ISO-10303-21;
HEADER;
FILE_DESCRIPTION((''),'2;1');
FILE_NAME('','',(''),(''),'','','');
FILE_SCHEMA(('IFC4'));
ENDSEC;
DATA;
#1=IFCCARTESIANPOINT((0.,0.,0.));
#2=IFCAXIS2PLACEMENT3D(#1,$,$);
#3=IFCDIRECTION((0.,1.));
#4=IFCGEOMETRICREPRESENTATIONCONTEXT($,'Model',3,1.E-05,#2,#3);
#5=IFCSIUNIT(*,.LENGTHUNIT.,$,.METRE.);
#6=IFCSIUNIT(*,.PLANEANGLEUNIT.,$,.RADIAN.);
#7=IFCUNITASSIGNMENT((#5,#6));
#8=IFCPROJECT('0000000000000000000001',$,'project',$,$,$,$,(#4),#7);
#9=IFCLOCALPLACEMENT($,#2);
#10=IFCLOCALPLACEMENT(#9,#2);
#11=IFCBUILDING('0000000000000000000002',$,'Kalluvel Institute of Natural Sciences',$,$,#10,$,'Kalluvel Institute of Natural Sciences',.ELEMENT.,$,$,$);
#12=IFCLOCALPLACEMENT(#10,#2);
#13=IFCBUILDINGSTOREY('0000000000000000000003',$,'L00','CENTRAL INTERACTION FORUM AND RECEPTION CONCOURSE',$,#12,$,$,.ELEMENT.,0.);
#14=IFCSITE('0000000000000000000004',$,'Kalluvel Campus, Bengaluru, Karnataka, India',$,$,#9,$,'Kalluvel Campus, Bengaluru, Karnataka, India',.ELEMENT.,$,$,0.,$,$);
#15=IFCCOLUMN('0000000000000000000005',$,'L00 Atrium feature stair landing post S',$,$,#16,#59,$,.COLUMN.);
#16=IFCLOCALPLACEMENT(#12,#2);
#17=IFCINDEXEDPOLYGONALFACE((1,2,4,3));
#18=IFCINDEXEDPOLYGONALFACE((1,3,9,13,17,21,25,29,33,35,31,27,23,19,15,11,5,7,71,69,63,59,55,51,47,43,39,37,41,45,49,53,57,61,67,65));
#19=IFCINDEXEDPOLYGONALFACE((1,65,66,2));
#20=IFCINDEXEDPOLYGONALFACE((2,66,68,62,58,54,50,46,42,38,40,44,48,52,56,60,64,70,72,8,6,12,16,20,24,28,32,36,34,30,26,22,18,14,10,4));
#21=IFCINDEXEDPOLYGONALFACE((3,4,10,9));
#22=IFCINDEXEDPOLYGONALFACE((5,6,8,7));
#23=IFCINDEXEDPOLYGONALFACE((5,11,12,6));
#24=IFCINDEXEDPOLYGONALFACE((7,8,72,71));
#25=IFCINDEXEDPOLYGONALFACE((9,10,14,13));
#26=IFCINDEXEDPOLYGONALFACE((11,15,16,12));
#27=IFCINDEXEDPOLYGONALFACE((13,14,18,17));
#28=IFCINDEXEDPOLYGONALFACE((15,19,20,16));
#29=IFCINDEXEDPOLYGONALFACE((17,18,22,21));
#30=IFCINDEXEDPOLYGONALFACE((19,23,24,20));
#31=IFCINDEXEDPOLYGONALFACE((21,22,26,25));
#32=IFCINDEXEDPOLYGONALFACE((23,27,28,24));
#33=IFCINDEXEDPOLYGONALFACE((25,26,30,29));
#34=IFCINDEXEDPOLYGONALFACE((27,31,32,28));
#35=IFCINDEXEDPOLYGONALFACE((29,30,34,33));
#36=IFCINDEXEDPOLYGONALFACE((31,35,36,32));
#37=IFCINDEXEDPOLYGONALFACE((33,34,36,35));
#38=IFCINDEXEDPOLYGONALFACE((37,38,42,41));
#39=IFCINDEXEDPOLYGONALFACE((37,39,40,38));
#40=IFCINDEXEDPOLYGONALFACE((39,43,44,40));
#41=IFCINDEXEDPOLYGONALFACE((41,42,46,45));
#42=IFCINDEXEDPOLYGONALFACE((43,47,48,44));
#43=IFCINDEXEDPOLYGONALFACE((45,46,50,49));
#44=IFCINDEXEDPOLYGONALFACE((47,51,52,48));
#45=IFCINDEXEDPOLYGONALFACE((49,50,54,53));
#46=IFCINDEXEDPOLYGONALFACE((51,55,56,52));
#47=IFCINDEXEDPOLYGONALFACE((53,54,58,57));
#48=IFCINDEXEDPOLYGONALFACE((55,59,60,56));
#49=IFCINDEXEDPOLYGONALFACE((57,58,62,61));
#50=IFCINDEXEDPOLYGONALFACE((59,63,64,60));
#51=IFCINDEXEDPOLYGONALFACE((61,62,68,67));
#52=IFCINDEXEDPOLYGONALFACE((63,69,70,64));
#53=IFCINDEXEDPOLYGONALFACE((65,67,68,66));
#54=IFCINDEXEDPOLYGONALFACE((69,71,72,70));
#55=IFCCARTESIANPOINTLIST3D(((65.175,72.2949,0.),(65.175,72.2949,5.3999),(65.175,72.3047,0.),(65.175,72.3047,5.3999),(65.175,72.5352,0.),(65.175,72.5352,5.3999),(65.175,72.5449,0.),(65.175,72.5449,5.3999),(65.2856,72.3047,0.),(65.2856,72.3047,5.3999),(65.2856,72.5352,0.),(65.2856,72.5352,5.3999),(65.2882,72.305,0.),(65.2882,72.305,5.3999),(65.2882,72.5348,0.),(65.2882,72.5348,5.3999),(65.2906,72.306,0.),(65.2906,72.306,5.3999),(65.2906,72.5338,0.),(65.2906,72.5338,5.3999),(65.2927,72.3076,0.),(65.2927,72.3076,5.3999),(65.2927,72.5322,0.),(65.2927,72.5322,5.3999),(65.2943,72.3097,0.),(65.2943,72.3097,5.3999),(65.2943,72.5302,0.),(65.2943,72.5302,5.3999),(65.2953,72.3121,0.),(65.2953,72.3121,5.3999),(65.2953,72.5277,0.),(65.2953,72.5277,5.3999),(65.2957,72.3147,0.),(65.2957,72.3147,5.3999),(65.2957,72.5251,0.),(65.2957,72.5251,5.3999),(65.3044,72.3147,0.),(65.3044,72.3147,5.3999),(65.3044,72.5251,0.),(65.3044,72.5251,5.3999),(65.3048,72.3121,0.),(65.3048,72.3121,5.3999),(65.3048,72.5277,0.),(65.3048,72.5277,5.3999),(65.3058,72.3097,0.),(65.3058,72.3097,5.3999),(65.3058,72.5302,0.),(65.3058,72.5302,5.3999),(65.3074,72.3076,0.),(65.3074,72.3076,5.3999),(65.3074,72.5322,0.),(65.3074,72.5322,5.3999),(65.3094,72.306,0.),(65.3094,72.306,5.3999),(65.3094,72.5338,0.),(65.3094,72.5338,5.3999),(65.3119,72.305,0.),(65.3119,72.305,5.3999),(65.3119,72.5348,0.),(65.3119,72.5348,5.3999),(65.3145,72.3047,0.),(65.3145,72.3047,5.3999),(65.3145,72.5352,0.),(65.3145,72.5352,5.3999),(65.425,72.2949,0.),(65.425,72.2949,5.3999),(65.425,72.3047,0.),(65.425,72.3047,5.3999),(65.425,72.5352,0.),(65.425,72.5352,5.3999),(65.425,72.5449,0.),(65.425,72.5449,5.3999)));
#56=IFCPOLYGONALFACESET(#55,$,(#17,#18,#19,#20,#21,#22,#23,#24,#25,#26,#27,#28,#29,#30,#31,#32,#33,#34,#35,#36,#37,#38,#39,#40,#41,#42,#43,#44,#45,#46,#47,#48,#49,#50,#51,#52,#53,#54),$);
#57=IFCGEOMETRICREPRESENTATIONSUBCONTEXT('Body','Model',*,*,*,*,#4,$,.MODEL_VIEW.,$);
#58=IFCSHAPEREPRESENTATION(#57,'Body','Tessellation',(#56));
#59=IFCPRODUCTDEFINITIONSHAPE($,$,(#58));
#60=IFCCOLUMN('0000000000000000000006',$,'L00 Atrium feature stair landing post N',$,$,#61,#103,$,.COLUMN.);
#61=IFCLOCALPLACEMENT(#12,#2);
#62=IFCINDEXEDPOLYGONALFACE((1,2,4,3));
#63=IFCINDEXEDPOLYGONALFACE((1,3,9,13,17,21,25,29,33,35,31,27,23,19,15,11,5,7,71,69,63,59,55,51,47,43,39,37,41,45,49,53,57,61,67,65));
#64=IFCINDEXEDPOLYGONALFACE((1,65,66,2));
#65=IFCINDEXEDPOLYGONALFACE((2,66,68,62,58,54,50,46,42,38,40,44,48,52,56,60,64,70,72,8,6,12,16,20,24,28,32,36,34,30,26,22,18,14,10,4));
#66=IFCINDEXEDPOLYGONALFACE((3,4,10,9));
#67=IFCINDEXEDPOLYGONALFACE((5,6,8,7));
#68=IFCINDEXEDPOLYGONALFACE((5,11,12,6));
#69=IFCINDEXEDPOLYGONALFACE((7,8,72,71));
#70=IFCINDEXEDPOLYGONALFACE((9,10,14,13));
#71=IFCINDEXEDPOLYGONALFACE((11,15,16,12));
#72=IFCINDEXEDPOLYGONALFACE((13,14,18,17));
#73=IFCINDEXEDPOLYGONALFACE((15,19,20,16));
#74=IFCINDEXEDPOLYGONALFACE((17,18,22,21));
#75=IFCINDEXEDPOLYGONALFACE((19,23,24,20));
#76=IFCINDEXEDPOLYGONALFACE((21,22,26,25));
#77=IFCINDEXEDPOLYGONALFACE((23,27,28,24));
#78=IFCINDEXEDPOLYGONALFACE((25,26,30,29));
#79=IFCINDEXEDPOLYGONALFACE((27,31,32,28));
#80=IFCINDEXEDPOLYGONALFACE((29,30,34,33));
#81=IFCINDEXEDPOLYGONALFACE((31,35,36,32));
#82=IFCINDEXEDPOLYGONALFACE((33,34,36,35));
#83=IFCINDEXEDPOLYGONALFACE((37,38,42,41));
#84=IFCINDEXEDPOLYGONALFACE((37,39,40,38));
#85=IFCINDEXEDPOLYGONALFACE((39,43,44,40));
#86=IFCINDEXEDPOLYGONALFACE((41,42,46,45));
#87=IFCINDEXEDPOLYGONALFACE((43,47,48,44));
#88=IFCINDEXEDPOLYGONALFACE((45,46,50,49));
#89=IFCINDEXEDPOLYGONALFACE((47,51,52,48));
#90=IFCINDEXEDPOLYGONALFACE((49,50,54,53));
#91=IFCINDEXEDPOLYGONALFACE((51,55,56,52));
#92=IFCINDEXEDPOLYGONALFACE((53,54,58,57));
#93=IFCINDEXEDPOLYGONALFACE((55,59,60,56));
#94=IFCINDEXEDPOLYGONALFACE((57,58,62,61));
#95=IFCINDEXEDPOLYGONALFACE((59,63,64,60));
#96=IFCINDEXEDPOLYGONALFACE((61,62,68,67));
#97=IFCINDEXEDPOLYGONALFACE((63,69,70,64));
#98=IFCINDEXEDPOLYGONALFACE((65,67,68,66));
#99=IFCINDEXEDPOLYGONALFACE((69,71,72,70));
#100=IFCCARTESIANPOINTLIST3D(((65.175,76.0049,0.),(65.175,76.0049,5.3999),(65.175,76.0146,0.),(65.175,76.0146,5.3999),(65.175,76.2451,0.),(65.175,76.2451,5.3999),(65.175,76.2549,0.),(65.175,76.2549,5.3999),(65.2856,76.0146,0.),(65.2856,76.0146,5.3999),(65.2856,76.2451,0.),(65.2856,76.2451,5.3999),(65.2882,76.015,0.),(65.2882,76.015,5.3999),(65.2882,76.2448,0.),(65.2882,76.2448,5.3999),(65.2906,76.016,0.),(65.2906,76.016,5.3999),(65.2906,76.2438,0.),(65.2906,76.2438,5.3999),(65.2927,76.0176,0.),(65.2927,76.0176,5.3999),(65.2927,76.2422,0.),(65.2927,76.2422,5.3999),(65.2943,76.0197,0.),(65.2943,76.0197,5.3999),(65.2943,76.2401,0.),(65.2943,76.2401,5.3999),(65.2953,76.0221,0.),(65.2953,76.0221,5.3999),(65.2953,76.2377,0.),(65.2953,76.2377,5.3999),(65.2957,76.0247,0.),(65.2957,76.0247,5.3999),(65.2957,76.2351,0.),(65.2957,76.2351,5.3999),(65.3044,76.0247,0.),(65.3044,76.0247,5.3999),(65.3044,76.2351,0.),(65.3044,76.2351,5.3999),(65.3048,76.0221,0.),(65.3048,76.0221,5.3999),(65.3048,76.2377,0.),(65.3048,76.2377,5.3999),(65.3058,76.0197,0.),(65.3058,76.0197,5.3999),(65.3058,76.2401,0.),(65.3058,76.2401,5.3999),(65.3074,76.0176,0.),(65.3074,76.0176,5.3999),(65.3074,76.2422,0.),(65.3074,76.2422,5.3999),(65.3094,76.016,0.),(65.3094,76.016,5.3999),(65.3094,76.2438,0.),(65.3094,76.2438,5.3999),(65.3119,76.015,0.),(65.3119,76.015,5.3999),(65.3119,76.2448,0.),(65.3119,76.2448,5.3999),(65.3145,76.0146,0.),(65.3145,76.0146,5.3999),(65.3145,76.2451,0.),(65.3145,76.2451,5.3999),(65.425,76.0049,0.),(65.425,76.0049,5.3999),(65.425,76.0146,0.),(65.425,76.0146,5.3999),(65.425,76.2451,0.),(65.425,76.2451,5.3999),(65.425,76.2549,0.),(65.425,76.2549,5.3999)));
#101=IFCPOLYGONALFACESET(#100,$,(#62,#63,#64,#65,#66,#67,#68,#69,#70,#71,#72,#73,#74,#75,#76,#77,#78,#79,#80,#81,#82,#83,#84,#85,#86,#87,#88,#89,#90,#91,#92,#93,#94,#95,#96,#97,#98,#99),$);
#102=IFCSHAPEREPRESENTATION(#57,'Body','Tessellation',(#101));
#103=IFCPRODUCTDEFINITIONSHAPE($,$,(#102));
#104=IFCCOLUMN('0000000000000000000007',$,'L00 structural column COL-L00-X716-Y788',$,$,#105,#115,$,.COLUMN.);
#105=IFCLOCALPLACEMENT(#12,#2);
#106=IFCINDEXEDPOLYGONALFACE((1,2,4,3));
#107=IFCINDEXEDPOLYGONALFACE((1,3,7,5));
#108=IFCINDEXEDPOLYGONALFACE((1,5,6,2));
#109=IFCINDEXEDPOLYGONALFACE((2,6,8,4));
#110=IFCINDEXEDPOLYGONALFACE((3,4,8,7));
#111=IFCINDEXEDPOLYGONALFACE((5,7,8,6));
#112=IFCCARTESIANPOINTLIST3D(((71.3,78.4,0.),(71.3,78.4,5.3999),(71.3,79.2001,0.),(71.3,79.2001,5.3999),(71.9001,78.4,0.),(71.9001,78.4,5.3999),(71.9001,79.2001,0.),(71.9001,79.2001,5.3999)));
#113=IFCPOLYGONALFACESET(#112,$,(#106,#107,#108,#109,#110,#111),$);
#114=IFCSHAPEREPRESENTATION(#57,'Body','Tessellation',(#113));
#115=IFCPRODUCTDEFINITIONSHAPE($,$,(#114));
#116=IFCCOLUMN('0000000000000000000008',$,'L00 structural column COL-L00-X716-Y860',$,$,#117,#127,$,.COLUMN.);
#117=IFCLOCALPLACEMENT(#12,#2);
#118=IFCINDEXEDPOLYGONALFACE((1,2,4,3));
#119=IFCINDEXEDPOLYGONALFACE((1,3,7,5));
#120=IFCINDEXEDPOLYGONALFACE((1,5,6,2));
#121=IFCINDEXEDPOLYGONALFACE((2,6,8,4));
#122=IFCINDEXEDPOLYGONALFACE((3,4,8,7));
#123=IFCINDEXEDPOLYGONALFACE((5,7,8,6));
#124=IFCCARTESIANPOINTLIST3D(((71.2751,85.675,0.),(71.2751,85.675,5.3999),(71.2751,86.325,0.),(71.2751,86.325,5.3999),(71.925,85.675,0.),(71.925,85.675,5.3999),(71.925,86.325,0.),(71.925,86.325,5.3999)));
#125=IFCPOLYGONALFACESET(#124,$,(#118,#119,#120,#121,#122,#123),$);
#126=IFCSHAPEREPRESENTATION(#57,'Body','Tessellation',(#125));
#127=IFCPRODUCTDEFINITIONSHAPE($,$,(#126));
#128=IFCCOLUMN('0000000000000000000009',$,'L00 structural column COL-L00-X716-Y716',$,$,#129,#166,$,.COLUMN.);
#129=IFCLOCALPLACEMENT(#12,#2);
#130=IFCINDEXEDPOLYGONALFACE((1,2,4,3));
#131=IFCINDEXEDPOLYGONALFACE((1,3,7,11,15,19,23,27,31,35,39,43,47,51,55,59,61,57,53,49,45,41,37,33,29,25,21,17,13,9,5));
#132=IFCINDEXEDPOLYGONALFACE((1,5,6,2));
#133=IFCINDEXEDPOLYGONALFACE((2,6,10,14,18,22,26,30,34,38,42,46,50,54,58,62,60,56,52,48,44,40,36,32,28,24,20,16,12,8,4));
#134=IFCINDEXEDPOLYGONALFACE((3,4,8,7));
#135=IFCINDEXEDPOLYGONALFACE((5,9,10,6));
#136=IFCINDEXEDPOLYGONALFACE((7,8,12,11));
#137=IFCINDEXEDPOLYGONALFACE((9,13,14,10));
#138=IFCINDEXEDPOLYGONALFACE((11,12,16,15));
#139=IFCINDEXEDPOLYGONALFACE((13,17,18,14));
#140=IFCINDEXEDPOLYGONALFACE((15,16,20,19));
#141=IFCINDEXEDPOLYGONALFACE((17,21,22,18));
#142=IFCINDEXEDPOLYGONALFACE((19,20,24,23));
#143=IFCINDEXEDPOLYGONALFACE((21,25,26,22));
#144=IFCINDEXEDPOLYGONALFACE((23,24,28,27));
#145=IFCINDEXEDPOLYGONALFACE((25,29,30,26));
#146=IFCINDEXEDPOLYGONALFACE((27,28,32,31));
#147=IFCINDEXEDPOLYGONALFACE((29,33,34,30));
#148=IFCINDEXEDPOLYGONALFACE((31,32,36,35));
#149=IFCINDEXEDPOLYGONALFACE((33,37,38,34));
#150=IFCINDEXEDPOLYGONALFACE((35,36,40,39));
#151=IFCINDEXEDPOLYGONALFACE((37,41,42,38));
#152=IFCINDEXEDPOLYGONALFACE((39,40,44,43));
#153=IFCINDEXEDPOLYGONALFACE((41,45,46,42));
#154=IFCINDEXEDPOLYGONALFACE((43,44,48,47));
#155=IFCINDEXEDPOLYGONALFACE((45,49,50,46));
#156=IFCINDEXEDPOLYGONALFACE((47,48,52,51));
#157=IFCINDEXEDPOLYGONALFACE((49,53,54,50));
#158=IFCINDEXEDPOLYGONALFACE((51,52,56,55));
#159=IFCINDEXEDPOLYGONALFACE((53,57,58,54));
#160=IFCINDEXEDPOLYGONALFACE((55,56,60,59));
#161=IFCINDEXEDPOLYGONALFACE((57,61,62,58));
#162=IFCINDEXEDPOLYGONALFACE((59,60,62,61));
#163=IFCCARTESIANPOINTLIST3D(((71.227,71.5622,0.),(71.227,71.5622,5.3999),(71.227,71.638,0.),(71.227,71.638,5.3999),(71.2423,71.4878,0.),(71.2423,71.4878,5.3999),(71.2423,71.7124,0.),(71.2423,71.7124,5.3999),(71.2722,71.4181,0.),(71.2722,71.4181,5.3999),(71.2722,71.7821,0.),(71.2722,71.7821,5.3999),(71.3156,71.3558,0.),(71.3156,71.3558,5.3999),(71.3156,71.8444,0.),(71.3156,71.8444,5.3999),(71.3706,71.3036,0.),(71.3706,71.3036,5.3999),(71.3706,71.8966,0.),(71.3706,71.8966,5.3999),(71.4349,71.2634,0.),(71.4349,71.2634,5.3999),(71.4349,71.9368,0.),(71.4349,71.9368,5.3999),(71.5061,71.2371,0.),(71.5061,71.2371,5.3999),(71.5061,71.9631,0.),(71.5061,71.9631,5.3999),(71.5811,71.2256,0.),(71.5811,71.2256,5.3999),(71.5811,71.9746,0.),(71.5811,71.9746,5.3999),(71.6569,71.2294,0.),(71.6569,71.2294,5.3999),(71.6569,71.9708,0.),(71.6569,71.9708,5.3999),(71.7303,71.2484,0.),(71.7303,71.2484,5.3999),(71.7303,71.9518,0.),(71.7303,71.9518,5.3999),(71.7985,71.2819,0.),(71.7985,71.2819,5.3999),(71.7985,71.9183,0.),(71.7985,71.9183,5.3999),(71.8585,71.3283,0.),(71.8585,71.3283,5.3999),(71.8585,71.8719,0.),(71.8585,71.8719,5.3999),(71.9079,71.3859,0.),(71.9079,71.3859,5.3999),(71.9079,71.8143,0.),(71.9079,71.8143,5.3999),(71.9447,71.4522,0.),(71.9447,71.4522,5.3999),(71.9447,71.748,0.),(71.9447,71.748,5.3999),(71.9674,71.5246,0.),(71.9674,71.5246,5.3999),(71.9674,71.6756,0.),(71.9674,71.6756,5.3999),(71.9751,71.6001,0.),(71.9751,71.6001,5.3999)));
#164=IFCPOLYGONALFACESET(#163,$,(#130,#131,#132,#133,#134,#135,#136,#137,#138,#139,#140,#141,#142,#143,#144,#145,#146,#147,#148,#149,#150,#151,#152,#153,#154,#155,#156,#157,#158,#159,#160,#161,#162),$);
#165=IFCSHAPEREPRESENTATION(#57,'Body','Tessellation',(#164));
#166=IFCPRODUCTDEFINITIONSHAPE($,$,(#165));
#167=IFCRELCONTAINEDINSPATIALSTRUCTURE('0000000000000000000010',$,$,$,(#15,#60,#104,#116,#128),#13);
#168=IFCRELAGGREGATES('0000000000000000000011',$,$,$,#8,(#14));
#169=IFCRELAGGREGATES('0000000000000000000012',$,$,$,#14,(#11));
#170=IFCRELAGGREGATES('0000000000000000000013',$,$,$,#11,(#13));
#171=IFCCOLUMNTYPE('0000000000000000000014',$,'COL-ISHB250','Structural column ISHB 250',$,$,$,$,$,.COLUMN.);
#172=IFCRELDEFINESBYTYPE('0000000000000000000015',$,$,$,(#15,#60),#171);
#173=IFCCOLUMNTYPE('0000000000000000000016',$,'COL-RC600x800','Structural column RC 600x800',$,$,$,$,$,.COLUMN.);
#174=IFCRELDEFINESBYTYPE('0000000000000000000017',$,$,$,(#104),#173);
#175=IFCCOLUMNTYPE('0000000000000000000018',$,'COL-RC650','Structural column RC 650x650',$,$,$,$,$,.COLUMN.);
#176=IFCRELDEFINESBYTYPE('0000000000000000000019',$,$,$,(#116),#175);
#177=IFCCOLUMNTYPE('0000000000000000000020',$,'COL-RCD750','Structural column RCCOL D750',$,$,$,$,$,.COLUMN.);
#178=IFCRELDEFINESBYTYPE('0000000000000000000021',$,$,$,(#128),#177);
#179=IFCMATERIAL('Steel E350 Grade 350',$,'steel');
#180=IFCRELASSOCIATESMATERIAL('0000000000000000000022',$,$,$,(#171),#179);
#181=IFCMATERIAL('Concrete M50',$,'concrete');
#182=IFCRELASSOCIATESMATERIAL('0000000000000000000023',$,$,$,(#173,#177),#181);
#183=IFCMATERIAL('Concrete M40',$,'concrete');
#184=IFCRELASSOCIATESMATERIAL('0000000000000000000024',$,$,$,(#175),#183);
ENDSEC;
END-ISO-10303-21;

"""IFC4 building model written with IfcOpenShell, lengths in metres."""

from ifc_helpers import new_model, si_unit, direction, frame, origin, origin_2d, place, context, subcontext, project, spatial, rectangle, circle, i_section, extrude, material, material_profile, profile_set, type_object, element, save


model = new_model("IFC4")

# Units and contexts
model_context = context("Model", 3, precision=1e-05, world=origin(), true_north=direction((0.0, 1.0)))
body_context = subcontext(model_context, "Body", "Model", "MODEL_VIEW")
ifc_project = project(units=[si_unit("LENGTHUNIT", "METRE"), si_unit("PLANEANGLEUNIT", "RADIAN")], contexts=[model_context])

# Site, building, storey
site_placement = place(None, origin())
site = spatial("IfcSite", under=ifc_project, at=site_placement, Name="Kalluvel Campus, Bengaluru, Karnataka, India", LongName="Kalluvel Campus, Bengaluru, Karnataka, India", CompositionType="ELEMENT", RefElevation=0.0)
building_placement = place(site_placement, origin())
building = spatial("IfcBuilding", under=site, at=building_placement, Name="Kalluvel Institute of Natural Sciences", LongName="Kalluvel Institute of Natural Sciences", CompositionType="ELEMENT")
storey_placement = place(building_placement, origin())
storey = spatial("IfcBuildingStorey", under=building, at=storey_placement, Name="L00", Description="CENTRAL INTERACTION FORUM AND RECEPTION CONCOURSE", CompositionType="ELEMENT", Elevation=0.0)

# Columns
ifc_material_1 = material(Name="Steel E350 Grade 350", Category="steel")
ifc_material_profile_1 = material_profile(ifc_material_1, i_section(OverallWidth=0.25, OverallDepth=0.25, WebThickness=0.0088, FlangeThickness=0.0098, FilletRadius=0.01, at=origin_2d()), Name="ISHB 250")
ifc_profile_set_1 = profile_set([ifc_material_profile_1], Name="Steel E350 Grade 350")
column_type_1 = type_object("IfcColumnType", Name="COL-ISHB250", Description="Structural column ISHB 250", PredefinedType="COLUMN", material=ifc_profile_set_1)
for number, where, z_axis, x_axis, name in (
    (1, (65.3, 72.4199, 0.0), (0.0, 0.0, 1.0), (1.0, 0.0, 0.0), "L00 Atrium feature stair landing post S"),
    (2, (65.3, 76.1299, 0.0), (0.0, 0.0, 1.0), (1.0, 0.0, 0.0), "L00 Atrium feature stair landing post N"),
):
    element("IfcColumn", number, at=place(storey_placement, frame(where, z_axis=z_axis, x_axis=x_axis)), inside=storey, type_object=column_type_1, Name=name, PredefinedType="COLUMN", context=body_context, shape_type="SweptSolid", body=[
        extrude(i_section(OverallWidth=0.25, OverallDepth=0.25, WebThickness=0.0088, FlangeThickness=0.0098, FilletRadius=0.01, at=origin_2d()), origin(), (0.0, 0.0, 1.0), 5.3999),
    ])
ifc_material_2 = material(Name="Concrete M50", Category="concrete")
ifc_material_profile_2 = material_profile(ifc_material_2, rectangle(XDim=0.6001, YDim=0.8, at=origin_2d()), Name="RC 600x800")
ifc_profile_set_2 = profile_set([ifc_material_profile_2], Name="Concrete M50")
column_type_2 = type_object("IfcColumnType", Name="COL-RC600x800", Description="Structural column RC 600x800", PredefinedType="COLUMN", material=ifc_profile_set_2)
column_1_placement = place(storey_placement, frame((71.6001, 78.8, 0.0), z_axis=(0.0, 0.0, 1.0), x_axis=(1.0, 0.0, 0.0)))
element("IfcColumn", 3, at=column_1_placement, inside=storey, type_object=column_type_2, Name="L00 structural column COL-L00-X716-Y788", PredefinedType="COLUMN", context=body_context, shape_type="SweptSolid", body=[
    extrude(rectangle(XDim=0.6001, YDim=0.8, at=origin_2d()), origin(), (0.0, 0.0, 1.0), 5.3999),
])
ifc_material_3 = material(Name="Concrete M40", Category="concrete")
ifc_material_profile_3 = material_profile(ifc_material_3, rectangle(XDim=0.6499, YDim=0.6499, at=origin_2d()), Name="RC 650x650")
ifc_profile_set_3 = profile_set([ifc_material_profile_3], Name="Concrete M40")
column_type_3 = type_object("IfcColumnType", Name="COL-RC650", Description="Structural column RC 650x650", PredefinedType="COLUMN", material=ifc_profile_set_3)
column_2_placement = place(storey_placement, frame((71.6001, 86.0, 0.0), z_axis=(0.0, 0.0, 1.0), x_axis=(1.0, 0.0, 0.0)))
element("IfcColumn", 4, at=column_2_placement, inside=storey, type_object=column_type_3, Name="L00 structural column COL-L00-X716-Y860", PredefinedType="COLUMN", context=body_context, shape_type="SweptSolid", body=[
    extrude(rectangle(XDim=0.6499, YDim=0.6499, at=origin_2d()), origin(), (0.0, 0.0, 1.0), 5.3999),
])
ifc_material_profile_4 = material_profile(ifc_material_2, circle(Radius=0.375, at=origin_2d()), Name="RCCOL D750")
ifc_profile_set_4 = profile_set([ifc_material_profile_4], Name="Concrete M50")
column_type_4 = type_object("IfcColumnType", Name="COL-RCD750", Description="Structural column RCCOL D750", PredefinedType="COLUMN", material=ifc_profile_set_4)
column_3_placement = place(storey_placement, frame((71.6001, 71.6001, 0.0), z_axis=(0.0, 0.0, 1.0), x_axis=(1.0, 0.0, 0.0)))
element("IfcColumn", 5, at=column_3_placement, inside=storey, type_object=column_type_4, Name="L00 structural column COL-L00-X716-Y716", PredefinedType="COLUMN", context=body_context, shape_type="SweptSolid", body=[
    extrude(circle(Radius=0.375, at=origin_2d()), origin(), (0.0, 0.0, 1.0), 5.3999),
])

save(model, "model.ifc")
